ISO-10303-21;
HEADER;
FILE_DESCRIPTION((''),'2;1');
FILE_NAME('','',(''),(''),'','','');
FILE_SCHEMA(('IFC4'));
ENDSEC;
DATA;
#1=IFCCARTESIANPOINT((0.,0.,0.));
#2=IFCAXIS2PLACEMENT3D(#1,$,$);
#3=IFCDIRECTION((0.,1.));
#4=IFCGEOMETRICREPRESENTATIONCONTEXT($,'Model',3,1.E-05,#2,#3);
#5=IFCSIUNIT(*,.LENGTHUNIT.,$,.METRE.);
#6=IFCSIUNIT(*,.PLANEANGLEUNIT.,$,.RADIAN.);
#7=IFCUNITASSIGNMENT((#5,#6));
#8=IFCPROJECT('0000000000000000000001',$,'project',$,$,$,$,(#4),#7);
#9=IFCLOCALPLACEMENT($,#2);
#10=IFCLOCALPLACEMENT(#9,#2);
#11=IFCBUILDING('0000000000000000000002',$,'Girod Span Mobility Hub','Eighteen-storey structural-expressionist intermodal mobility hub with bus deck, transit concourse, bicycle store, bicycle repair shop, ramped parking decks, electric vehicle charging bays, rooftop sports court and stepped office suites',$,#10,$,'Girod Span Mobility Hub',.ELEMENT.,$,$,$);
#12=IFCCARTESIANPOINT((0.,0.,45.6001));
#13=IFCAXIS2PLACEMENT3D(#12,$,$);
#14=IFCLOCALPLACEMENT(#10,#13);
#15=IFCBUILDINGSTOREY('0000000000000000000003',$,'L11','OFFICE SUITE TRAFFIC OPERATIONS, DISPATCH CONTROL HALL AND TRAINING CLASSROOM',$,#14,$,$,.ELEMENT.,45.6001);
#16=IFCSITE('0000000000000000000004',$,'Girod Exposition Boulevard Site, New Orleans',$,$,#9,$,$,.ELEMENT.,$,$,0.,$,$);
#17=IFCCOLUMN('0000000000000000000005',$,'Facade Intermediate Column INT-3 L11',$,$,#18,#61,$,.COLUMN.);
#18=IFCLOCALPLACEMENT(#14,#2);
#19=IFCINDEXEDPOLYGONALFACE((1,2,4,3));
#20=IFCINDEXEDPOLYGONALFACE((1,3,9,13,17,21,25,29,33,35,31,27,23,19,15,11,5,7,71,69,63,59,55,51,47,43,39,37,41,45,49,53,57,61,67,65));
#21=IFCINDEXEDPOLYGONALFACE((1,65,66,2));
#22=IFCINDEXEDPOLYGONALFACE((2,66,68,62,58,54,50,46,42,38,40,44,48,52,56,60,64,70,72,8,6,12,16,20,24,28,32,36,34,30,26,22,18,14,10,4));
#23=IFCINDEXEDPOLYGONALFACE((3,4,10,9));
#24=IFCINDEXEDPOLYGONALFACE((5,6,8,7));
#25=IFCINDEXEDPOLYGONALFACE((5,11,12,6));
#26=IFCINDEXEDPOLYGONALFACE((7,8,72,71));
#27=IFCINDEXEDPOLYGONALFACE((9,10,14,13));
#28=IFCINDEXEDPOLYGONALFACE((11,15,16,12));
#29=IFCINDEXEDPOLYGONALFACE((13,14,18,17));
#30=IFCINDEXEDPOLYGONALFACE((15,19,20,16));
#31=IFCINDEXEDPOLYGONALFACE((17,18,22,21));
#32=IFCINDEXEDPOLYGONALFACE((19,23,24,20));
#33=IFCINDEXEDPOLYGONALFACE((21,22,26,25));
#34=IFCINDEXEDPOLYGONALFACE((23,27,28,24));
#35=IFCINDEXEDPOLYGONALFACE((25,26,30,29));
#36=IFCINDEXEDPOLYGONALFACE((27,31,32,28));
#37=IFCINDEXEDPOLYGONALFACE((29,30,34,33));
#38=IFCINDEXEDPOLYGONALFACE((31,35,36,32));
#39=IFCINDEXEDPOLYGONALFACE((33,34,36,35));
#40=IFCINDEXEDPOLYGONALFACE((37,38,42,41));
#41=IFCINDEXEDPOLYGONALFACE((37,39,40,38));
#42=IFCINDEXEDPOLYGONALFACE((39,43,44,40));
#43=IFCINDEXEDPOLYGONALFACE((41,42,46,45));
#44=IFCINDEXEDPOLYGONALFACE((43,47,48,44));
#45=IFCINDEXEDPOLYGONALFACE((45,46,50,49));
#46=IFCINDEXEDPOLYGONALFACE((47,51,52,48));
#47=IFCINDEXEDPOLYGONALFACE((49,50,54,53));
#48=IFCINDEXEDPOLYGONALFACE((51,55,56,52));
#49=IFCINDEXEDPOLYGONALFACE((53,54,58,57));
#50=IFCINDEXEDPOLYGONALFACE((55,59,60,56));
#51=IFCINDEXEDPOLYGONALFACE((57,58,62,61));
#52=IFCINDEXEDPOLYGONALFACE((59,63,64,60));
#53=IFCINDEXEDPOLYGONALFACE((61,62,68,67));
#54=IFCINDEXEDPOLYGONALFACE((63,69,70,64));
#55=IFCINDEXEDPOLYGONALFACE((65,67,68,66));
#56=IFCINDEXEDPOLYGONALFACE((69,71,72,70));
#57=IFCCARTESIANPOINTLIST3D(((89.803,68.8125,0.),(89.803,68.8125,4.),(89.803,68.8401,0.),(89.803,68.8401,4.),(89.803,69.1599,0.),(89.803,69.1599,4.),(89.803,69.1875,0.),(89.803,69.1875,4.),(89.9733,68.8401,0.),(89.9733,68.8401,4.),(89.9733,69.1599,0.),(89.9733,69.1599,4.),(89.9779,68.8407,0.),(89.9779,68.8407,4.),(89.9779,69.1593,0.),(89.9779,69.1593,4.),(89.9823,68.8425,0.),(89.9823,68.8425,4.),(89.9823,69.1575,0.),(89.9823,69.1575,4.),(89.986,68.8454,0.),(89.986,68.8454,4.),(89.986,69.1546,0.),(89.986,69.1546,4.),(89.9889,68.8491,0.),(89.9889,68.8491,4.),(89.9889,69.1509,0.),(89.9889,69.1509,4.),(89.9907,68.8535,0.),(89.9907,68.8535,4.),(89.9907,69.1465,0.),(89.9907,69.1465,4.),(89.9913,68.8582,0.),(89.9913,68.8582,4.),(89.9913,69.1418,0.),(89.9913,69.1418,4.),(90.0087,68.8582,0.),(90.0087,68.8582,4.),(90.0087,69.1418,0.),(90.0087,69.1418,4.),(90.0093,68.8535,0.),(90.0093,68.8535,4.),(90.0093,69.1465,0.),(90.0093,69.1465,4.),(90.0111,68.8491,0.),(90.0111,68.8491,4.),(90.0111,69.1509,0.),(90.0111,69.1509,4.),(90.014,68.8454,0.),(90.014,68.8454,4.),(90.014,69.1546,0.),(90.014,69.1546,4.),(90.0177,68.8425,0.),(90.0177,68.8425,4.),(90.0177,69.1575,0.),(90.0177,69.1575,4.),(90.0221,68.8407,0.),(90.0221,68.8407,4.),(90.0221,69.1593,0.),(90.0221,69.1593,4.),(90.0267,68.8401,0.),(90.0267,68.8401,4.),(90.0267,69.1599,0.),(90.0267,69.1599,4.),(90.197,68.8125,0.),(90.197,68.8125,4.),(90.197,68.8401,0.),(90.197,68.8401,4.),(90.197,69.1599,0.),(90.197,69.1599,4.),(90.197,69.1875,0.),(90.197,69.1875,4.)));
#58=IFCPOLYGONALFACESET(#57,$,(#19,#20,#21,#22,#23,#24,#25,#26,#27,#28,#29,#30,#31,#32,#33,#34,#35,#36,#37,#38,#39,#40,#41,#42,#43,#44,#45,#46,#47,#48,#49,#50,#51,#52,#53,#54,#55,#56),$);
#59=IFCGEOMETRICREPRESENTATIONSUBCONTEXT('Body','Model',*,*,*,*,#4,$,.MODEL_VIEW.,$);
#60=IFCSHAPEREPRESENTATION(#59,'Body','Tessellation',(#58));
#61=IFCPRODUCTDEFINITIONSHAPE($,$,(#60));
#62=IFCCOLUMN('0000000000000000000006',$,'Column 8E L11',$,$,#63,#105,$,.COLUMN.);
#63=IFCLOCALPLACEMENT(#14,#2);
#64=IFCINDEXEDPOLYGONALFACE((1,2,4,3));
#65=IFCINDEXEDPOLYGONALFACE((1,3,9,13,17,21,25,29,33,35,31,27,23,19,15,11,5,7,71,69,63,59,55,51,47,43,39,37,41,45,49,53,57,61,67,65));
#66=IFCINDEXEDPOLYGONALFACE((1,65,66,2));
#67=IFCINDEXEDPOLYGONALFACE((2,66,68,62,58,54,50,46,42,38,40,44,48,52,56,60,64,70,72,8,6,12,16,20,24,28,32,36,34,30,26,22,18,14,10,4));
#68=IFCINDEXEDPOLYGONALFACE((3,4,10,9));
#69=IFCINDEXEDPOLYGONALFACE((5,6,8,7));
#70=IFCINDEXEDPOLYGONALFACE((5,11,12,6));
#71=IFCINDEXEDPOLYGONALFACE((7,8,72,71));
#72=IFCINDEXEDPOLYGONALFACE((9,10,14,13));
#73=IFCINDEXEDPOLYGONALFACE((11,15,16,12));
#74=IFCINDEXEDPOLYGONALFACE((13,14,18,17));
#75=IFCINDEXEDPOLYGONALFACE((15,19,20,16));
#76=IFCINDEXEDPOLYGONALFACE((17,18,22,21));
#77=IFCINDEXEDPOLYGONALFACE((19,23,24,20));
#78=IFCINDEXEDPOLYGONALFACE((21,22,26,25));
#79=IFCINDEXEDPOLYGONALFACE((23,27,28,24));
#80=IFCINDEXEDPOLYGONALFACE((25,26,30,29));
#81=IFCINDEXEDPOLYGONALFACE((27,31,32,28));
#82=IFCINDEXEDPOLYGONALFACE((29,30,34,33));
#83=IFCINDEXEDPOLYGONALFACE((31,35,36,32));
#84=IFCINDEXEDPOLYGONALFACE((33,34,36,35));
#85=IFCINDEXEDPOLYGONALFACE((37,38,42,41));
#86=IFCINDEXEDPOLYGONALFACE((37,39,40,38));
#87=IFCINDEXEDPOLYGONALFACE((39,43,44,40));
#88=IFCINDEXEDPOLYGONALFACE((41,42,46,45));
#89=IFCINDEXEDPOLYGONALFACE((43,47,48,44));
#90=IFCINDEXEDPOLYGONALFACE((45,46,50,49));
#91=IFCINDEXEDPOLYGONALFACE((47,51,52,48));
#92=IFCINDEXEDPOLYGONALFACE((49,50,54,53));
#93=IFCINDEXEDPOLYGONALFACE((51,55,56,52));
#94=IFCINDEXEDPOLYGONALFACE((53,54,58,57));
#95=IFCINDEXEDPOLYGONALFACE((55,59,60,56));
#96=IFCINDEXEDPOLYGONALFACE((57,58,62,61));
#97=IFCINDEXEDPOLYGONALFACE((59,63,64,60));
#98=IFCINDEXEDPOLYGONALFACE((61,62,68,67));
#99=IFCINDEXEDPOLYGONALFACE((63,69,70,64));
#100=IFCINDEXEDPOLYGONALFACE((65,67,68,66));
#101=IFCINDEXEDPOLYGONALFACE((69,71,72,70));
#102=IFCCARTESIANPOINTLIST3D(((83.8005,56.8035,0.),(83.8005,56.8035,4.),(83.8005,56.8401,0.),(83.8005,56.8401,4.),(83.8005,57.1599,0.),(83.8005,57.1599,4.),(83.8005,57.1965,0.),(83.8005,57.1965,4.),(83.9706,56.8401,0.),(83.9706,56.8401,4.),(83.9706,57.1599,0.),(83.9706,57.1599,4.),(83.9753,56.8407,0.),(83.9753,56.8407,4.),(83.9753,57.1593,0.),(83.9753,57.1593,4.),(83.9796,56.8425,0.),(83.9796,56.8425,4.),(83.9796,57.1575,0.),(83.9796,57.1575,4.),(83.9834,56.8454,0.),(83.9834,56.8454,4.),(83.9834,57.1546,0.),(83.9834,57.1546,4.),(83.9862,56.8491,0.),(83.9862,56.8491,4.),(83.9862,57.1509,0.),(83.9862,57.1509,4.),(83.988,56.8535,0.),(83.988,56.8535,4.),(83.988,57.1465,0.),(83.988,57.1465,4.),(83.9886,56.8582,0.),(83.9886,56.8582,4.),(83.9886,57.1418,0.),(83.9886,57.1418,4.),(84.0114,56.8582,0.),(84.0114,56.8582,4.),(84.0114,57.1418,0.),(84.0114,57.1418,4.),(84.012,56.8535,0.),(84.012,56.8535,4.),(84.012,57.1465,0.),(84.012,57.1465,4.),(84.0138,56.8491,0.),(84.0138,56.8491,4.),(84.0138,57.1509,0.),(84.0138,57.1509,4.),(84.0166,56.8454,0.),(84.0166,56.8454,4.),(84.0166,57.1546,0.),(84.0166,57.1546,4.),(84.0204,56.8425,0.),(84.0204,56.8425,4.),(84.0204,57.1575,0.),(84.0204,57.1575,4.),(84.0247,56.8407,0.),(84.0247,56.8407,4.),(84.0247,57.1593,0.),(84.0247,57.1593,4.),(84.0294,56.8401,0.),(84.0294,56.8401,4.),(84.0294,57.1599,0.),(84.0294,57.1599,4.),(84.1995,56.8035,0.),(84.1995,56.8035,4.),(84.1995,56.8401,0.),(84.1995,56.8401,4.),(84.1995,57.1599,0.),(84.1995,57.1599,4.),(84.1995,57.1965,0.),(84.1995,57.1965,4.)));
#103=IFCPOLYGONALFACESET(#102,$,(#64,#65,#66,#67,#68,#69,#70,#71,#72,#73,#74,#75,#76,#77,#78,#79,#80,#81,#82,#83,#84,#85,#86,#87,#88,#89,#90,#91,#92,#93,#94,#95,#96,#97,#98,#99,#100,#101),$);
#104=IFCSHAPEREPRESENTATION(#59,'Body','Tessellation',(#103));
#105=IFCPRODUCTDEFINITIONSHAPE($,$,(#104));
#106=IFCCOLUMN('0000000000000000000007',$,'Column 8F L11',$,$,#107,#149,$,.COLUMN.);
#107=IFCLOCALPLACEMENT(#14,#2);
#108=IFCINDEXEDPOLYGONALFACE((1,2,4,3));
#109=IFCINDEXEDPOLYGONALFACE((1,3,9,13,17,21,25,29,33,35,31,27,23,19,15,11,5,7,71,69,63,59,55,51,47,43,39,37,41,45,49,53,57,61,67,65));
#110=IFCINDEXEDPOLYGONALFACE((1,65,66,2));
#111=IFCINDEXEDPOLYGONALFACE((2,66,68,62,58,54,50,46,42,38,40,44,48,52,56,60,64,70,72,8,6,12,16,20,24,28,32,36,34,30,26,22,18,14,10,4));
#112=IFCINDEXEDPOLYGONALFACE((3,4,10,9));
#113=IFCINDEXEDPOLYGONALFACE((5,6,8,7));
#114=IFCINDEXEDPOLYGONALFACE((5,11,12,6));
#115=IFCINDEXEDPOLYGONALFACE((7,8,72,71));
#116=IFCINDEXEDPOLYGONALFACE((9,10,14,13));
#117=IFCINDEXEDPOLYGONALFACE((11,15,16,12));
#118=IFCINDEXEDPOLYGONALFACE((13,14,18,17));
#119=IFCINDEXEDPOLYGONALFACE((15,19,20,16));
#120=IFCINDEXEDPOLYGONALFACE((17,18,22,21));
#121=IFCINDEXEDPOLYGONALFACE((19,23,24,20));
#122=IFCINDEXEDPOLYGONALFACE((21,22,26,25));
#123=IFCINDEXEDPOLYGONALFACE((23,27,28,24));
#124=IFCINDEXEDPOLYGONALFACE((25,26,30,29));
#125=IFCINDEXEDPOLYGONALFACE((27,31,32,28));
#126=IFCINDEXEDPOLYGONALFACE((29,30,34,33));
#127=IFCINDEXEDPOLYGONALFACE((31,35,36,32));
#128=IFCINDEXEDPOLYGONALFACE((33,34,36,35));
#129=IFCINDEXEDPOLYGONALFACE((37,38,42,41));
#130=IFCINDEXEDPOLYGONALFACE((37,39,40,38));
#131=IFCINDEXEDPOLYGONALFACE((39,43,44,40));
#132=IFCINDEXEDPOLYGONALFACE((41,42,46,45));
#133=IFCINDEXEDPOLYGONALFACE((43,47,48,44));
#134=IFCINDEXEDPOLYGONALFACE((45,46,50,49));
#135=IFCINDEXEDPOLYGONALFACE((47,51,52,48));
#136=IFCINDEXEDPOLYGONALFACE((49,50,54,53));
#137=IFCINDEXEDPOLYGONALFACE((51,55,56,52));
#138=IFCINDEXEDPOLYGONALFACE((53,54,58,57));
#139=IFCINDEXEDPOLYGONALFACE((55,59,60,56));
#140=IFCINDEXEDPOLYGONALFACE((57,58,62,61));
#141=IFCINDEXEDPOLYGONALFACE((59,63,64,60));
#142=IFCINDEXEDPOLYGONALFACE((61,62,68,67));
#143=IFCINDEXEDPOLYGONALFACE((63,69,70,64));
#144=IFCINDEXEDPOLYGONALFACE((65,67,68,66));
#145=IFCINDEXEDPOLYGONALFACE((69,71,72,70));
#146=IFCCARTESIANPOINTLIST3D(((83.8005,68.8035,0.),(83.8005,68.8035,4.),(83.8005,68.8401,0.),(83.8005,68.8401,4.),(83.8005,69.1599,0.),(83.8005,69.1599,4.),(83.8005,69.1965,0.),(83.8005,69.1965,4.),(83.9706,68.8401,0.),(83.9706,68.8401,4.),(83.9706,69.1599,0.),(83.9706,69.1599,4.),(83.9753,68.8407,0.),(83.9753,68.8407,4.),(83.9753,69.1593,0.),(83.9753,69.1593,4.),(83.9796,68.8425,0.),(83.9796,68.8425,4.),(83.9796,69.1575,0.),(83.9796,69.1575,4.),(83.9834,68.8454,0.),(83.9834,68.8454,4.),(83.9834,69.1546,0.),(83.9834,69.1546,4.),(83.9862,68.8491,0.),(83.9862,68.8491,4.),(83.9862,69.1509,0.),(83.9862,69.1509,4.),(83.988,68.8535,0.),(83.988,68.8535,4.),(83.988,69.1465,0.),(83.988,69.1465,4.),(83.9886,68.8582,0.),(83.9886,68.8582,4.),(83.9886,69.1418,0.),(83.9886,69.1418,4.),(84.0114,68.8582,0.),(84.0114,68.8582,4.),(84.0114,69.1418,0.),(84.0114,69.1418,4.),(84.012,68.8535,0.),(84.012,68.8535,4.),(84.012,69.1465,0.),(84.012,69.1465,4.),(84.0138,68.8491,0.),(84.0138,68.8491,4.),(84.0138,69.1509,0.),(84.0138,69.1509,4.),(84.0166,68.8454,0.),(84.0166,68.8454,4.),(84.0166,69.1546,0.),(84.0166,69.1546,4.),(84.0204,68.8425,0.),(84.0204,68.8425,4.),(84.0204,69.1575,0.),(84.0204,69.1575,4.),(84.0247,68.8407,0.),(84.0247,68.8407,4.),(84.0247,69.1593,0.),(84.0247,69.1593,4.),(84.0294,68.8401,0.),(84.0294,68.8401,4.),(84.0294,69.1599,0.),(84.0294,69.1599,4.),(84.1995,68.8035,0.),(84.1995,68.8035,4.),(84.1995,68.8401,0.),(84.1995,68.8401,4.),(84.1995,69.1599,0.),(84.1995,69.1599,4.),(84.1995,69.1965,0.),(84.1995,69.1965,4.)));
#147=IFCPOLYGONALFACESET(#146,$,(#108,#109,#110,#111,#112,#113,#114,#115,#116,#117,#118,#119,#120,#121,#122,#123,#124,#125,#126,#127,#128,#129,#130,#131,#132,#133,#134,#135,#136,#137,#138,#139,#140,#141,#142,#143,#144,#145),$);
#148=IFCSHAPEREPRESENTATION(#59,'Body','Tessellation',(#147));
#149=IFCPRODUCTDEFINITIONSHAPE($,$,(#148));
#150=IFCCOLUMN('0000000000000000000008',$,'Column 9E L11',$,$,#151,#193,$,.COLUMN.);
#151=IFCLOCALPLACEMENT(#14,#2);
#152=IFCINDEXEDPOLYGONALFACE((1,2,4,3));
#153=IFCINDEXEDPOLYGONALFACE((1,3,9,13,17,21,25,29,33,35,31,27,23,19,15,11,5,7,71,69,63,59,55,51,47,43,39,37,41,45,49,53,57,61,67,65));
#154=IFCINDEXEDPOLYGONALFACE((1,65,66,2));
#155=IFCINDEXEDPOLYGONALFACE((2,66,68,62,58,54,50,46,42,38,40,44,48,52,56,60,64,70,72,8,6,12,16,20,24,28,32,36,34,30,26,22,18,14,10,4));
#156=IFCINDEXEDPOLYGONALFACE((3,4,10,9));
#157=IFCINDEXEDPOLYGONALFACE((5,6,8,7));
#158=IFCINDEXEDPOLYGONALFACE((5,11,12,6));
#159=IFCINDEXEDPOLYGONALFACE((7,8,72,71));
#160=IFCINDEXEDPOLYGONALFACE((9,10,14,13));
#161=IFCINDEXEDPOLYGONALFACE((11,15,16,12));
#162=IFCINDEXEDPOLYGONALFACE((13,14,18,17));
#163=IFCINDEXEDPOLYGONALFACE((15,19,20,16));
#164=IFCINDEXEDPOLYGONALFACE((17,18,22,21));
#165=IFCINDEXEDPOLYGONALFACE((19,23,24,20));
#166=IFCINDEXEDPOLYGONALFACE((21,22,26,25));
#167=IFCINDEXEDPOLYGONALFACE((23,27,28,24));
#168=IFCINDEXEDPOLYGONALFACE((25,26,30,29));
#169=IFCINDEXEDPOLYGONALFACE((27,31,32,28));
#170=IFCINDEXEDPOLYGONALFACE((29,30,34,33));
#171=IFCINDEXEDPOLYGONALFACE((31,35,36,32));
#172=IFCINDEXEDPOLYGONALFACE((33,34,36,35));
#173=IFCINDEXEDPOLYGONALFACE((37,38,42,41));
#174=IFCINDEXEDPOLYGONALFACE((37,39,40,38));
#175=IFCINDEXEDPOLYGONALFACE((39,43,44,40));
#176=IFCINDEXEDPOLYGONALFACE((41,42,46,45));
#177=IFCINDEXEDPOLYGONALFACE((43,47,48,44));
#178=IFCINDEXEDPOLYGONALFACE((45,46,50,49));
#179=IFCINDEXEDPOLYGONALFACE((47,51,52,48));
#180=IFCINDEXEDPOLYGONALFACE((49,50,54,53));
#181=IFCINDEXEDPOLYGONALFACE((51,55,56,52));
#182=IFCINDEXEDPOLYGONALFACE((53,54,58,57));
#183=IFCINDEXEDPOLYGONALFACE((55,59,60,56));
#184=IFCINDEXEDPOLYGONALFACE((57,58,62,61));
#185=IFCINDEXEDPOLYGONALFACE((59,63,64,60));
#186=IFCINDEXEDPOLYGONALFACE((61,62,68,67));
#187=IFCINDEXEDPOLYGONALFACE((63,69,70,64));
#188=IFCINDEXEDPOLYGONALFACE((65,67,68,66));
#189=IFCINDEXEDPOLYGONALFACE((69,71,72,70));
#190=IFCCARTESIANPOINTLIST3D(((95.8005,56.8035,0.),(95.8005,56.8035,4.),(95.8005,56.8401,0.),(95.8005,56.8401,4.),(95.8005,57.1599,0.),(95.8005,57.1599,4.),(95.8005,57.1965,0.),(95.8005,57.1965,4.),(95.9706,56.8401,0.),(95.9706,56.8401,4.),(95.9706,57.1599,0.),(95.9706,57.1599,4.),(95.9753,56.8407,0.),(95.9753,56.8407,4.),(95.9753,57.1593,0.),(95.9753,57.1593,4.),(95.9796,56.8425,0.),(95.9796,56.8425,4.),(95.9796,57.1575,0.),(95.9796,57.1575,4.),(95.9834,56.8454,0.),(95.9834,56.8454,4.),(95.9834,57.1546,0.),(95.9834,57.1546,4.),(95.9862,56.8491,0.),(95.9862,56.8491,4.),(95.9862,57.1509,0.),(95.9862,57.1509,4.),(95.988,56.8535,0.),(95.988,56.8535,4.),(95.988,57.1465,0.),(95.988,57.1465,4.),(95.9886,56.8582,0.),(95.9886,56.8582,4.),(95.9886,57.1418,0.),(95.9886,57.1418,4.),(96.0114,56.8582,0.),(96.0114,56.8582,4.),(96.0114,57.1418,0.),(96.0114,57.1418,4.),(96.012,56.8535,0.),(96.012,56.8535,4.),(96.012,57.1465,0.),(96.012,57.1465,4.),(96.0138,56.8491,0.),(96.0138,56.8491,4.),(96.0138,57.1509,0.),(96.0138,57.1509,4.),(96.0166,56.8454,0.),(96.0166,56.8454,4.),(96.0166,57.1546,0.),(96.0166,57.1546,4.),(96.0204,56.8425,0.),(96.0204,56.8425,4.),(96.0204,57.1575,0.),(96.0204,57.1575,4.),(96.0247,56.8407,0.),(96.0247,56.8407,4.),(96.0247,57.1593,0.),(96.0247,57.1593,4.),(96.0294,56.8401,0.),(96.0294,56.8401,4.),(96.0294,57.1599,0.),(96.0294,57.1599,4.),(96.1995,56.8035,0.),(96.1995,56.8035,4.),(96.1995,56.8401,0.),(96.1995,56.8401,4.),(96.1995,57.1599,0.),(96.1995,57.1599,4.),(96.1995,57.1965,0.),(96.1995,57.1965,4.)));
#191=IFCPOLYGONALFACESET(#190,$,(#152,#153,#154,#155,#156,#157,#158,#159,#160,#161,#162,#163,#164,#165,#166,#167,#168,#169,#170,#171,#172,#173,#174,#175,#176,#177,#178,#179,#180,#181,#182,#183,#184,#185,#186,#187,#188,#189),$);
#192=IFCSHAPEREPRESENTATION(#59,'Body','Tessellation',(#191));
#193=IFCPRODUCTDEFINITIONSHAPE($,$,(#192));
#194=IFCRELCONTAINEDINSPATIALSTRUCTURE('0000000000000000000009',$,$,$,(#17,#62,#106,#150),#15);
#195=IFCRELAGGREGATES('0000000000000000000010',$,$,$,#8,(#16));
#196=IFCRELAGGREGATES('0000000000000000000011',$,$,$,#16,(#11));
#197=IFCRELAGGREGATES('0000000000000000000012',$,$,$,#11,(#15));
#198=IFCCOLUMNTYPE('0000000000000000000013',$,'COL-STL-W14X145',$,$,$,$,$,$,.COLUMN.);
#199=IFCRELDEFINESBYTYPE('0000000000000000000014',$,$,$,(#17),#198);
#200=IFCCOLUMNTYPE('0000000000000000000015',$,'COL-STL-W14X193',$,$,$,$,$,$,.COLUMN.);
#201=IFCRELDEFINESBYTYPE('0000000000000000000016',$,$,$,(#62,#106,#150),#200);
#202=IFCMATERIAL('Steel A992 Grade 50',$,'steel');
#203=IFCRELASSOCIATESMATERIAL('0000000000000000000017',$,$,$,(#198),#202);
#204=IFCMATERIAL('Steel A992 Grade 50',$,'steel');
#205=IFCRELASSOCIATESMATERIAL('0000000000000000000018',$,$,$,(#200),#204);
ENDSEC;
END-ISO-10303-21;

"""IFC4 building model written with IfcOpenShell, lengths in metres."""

from ifc_helpers import new_model, si_unit, direction, frame, origin, origin_2d, place, context, subcontext, project, spatial, i_section, extrude, material, material_profile, profile_set, type_object, element, save


model = new_model("IFC4")

# Units and contexts
model_context = context("Model", 3, precision=1e-05, world=origin(), true_north=direction((0.0, 1.0)))
body_context = subcontext(model_context, "Body", "Model", "MODEL_VIEW")
ifc_project = project(units=[si_unit("LENGTHUNIT", "METRE"), si_unit("PLANEANGLEUNIT", "RADIAN")], contexts=[model_context])

# Site, building, storey
site_placement = place(None, origin())
site = spatial("IfcSite", under=ifc_project, at=site_placement, Name="Girod Exposition Boulevard Site, New Orleans", CompositionType="ELEMENT", RefElevation=0.0)
building_placement = place(site_placement, origin())
building = spatial("IfcBuilding", under=site, at=building_placement, Name="Girod Span Mobility Hub", Description="Eighteen-storey structural-expressionist intermodal mobility hub with bus deck, transit concourse, bicycle store, bicycle repair shop, ramped parking decks, electric vehicle charging bays, rooftop sports court and stepped office suites", LongName="Girod Span Mobility Hub", CompositionType="ELEMENT")
storey_placement = place(building_placement, frame((0.0, 0.0, 45.6001)))
storey = spatial("IfcBuildingStorey", under=building, at=storey_placement, Name="L11", Description="OFFICE SUITE TRAFFIC OPERATIONS, DISPATCH CONTROL HALL AND TRAINING CLASSROOM", CompositionType="ELEMENT", Elevation=45.6001)

# Columns
ifc_material_1 = material(Name="Steel A992 Grade 50", Category="steel")
ifc_material_profile_1 = material_profile(ifc_material_1, i_section(OverallWidth=0.394, OverallDepth=0.375, WebThickness=0.0173, FlangeThickness=0.0276, FilletRadius=0.0181, at=origin_2d()), Name="W14X145")
ifc_profile_set_1 = profile_set([ifc_material_profile_1], Name="Steel A992 Grade 50")
column_type_1 = type_object("IfcColumnType", Name="COL-STL-W14X145", PredefinedType="COLUMN", material=ifc_profile_set_1)
column_placement = place(storey_placement, frame((90.0, 69.0, 0.0), z_axis=(0.0, 0.0, 1.0), x_axis=(1.0, 0.0, 0.0)))
element("IfcColumn", 1, at=column_placement, inside=storey, type_object=column_type_1, Name="Facade Intermediate Column INT-3 L11", PredefinedType="COLUMN", context=body_context, shape_type="SweptSolid", body=[
    extrude(i_section(OverallWidth=0.394, OverallDepth=0.375, WebThickness=0.0173, FlangeThickness=0.0276, FilletRadius=0.0181, at=origin_2d()), origin(), (0.0, 0.0, 1.0), 4.0),
])
ifc_material_2 = material(Name="Steel A992 Grade 50", Category="steel")
ifc_material_profile_2 = material_profile(ifc_material_2, i_section(OverallWidth=0.3989, OverallDepth=0.3931, WebThickness=0.0227, FlangeThickness=0.0366, FilletRadius=0.0181, at=origin_2d()), Name="W14X193")
ifc_profile_set_2 = profile_set([ifc_material_profile_2], Name="Steel A992 Grade 50")
column_type_2 = type_object("IfcColumnType", Name="COL-STL-W14X193", PredefinedType="COLUMN", material=ifc_profile_set_2)
for number, where, z_axis, x_axis, name in (
    (2, (84.0, 57.0, 0.0), (0.0, 0.0, 1.0), (1.0, 0.0, 0.0), "Column 8E L11"),
    (3, (84.0, 69.0, 0.0), (0.0, 0.0, 1.0), (1.0, 0.0, 0.0), "Column 8F L11"),
    (4, (96.0, 57.0, 0.0), (0.0, 0.0, 1.0), (1.0, 0.0, 0.0), "Column 9E L11"),
):
    element("IfcColumn", number, at=place(storey_placement, frame(where, z_axis=z_axis, x_axis=x_axis)), inside=storey, type_object=column_type_2, Name=name, PredefinedType="COLUMN", context=body_context, shape_type="SweptSolid", body=[
        extrude(i_section(OverallWidth=0.3989, OverallDepth=0.3931, WebThickness=0.0227, FlangeThickness=0.0366, FilletRadius=0.0181, at=origin_2d()), origin(), (0.0, 0.0, 1.0), 4.0),
    ])

save(model, "model.ifc")
